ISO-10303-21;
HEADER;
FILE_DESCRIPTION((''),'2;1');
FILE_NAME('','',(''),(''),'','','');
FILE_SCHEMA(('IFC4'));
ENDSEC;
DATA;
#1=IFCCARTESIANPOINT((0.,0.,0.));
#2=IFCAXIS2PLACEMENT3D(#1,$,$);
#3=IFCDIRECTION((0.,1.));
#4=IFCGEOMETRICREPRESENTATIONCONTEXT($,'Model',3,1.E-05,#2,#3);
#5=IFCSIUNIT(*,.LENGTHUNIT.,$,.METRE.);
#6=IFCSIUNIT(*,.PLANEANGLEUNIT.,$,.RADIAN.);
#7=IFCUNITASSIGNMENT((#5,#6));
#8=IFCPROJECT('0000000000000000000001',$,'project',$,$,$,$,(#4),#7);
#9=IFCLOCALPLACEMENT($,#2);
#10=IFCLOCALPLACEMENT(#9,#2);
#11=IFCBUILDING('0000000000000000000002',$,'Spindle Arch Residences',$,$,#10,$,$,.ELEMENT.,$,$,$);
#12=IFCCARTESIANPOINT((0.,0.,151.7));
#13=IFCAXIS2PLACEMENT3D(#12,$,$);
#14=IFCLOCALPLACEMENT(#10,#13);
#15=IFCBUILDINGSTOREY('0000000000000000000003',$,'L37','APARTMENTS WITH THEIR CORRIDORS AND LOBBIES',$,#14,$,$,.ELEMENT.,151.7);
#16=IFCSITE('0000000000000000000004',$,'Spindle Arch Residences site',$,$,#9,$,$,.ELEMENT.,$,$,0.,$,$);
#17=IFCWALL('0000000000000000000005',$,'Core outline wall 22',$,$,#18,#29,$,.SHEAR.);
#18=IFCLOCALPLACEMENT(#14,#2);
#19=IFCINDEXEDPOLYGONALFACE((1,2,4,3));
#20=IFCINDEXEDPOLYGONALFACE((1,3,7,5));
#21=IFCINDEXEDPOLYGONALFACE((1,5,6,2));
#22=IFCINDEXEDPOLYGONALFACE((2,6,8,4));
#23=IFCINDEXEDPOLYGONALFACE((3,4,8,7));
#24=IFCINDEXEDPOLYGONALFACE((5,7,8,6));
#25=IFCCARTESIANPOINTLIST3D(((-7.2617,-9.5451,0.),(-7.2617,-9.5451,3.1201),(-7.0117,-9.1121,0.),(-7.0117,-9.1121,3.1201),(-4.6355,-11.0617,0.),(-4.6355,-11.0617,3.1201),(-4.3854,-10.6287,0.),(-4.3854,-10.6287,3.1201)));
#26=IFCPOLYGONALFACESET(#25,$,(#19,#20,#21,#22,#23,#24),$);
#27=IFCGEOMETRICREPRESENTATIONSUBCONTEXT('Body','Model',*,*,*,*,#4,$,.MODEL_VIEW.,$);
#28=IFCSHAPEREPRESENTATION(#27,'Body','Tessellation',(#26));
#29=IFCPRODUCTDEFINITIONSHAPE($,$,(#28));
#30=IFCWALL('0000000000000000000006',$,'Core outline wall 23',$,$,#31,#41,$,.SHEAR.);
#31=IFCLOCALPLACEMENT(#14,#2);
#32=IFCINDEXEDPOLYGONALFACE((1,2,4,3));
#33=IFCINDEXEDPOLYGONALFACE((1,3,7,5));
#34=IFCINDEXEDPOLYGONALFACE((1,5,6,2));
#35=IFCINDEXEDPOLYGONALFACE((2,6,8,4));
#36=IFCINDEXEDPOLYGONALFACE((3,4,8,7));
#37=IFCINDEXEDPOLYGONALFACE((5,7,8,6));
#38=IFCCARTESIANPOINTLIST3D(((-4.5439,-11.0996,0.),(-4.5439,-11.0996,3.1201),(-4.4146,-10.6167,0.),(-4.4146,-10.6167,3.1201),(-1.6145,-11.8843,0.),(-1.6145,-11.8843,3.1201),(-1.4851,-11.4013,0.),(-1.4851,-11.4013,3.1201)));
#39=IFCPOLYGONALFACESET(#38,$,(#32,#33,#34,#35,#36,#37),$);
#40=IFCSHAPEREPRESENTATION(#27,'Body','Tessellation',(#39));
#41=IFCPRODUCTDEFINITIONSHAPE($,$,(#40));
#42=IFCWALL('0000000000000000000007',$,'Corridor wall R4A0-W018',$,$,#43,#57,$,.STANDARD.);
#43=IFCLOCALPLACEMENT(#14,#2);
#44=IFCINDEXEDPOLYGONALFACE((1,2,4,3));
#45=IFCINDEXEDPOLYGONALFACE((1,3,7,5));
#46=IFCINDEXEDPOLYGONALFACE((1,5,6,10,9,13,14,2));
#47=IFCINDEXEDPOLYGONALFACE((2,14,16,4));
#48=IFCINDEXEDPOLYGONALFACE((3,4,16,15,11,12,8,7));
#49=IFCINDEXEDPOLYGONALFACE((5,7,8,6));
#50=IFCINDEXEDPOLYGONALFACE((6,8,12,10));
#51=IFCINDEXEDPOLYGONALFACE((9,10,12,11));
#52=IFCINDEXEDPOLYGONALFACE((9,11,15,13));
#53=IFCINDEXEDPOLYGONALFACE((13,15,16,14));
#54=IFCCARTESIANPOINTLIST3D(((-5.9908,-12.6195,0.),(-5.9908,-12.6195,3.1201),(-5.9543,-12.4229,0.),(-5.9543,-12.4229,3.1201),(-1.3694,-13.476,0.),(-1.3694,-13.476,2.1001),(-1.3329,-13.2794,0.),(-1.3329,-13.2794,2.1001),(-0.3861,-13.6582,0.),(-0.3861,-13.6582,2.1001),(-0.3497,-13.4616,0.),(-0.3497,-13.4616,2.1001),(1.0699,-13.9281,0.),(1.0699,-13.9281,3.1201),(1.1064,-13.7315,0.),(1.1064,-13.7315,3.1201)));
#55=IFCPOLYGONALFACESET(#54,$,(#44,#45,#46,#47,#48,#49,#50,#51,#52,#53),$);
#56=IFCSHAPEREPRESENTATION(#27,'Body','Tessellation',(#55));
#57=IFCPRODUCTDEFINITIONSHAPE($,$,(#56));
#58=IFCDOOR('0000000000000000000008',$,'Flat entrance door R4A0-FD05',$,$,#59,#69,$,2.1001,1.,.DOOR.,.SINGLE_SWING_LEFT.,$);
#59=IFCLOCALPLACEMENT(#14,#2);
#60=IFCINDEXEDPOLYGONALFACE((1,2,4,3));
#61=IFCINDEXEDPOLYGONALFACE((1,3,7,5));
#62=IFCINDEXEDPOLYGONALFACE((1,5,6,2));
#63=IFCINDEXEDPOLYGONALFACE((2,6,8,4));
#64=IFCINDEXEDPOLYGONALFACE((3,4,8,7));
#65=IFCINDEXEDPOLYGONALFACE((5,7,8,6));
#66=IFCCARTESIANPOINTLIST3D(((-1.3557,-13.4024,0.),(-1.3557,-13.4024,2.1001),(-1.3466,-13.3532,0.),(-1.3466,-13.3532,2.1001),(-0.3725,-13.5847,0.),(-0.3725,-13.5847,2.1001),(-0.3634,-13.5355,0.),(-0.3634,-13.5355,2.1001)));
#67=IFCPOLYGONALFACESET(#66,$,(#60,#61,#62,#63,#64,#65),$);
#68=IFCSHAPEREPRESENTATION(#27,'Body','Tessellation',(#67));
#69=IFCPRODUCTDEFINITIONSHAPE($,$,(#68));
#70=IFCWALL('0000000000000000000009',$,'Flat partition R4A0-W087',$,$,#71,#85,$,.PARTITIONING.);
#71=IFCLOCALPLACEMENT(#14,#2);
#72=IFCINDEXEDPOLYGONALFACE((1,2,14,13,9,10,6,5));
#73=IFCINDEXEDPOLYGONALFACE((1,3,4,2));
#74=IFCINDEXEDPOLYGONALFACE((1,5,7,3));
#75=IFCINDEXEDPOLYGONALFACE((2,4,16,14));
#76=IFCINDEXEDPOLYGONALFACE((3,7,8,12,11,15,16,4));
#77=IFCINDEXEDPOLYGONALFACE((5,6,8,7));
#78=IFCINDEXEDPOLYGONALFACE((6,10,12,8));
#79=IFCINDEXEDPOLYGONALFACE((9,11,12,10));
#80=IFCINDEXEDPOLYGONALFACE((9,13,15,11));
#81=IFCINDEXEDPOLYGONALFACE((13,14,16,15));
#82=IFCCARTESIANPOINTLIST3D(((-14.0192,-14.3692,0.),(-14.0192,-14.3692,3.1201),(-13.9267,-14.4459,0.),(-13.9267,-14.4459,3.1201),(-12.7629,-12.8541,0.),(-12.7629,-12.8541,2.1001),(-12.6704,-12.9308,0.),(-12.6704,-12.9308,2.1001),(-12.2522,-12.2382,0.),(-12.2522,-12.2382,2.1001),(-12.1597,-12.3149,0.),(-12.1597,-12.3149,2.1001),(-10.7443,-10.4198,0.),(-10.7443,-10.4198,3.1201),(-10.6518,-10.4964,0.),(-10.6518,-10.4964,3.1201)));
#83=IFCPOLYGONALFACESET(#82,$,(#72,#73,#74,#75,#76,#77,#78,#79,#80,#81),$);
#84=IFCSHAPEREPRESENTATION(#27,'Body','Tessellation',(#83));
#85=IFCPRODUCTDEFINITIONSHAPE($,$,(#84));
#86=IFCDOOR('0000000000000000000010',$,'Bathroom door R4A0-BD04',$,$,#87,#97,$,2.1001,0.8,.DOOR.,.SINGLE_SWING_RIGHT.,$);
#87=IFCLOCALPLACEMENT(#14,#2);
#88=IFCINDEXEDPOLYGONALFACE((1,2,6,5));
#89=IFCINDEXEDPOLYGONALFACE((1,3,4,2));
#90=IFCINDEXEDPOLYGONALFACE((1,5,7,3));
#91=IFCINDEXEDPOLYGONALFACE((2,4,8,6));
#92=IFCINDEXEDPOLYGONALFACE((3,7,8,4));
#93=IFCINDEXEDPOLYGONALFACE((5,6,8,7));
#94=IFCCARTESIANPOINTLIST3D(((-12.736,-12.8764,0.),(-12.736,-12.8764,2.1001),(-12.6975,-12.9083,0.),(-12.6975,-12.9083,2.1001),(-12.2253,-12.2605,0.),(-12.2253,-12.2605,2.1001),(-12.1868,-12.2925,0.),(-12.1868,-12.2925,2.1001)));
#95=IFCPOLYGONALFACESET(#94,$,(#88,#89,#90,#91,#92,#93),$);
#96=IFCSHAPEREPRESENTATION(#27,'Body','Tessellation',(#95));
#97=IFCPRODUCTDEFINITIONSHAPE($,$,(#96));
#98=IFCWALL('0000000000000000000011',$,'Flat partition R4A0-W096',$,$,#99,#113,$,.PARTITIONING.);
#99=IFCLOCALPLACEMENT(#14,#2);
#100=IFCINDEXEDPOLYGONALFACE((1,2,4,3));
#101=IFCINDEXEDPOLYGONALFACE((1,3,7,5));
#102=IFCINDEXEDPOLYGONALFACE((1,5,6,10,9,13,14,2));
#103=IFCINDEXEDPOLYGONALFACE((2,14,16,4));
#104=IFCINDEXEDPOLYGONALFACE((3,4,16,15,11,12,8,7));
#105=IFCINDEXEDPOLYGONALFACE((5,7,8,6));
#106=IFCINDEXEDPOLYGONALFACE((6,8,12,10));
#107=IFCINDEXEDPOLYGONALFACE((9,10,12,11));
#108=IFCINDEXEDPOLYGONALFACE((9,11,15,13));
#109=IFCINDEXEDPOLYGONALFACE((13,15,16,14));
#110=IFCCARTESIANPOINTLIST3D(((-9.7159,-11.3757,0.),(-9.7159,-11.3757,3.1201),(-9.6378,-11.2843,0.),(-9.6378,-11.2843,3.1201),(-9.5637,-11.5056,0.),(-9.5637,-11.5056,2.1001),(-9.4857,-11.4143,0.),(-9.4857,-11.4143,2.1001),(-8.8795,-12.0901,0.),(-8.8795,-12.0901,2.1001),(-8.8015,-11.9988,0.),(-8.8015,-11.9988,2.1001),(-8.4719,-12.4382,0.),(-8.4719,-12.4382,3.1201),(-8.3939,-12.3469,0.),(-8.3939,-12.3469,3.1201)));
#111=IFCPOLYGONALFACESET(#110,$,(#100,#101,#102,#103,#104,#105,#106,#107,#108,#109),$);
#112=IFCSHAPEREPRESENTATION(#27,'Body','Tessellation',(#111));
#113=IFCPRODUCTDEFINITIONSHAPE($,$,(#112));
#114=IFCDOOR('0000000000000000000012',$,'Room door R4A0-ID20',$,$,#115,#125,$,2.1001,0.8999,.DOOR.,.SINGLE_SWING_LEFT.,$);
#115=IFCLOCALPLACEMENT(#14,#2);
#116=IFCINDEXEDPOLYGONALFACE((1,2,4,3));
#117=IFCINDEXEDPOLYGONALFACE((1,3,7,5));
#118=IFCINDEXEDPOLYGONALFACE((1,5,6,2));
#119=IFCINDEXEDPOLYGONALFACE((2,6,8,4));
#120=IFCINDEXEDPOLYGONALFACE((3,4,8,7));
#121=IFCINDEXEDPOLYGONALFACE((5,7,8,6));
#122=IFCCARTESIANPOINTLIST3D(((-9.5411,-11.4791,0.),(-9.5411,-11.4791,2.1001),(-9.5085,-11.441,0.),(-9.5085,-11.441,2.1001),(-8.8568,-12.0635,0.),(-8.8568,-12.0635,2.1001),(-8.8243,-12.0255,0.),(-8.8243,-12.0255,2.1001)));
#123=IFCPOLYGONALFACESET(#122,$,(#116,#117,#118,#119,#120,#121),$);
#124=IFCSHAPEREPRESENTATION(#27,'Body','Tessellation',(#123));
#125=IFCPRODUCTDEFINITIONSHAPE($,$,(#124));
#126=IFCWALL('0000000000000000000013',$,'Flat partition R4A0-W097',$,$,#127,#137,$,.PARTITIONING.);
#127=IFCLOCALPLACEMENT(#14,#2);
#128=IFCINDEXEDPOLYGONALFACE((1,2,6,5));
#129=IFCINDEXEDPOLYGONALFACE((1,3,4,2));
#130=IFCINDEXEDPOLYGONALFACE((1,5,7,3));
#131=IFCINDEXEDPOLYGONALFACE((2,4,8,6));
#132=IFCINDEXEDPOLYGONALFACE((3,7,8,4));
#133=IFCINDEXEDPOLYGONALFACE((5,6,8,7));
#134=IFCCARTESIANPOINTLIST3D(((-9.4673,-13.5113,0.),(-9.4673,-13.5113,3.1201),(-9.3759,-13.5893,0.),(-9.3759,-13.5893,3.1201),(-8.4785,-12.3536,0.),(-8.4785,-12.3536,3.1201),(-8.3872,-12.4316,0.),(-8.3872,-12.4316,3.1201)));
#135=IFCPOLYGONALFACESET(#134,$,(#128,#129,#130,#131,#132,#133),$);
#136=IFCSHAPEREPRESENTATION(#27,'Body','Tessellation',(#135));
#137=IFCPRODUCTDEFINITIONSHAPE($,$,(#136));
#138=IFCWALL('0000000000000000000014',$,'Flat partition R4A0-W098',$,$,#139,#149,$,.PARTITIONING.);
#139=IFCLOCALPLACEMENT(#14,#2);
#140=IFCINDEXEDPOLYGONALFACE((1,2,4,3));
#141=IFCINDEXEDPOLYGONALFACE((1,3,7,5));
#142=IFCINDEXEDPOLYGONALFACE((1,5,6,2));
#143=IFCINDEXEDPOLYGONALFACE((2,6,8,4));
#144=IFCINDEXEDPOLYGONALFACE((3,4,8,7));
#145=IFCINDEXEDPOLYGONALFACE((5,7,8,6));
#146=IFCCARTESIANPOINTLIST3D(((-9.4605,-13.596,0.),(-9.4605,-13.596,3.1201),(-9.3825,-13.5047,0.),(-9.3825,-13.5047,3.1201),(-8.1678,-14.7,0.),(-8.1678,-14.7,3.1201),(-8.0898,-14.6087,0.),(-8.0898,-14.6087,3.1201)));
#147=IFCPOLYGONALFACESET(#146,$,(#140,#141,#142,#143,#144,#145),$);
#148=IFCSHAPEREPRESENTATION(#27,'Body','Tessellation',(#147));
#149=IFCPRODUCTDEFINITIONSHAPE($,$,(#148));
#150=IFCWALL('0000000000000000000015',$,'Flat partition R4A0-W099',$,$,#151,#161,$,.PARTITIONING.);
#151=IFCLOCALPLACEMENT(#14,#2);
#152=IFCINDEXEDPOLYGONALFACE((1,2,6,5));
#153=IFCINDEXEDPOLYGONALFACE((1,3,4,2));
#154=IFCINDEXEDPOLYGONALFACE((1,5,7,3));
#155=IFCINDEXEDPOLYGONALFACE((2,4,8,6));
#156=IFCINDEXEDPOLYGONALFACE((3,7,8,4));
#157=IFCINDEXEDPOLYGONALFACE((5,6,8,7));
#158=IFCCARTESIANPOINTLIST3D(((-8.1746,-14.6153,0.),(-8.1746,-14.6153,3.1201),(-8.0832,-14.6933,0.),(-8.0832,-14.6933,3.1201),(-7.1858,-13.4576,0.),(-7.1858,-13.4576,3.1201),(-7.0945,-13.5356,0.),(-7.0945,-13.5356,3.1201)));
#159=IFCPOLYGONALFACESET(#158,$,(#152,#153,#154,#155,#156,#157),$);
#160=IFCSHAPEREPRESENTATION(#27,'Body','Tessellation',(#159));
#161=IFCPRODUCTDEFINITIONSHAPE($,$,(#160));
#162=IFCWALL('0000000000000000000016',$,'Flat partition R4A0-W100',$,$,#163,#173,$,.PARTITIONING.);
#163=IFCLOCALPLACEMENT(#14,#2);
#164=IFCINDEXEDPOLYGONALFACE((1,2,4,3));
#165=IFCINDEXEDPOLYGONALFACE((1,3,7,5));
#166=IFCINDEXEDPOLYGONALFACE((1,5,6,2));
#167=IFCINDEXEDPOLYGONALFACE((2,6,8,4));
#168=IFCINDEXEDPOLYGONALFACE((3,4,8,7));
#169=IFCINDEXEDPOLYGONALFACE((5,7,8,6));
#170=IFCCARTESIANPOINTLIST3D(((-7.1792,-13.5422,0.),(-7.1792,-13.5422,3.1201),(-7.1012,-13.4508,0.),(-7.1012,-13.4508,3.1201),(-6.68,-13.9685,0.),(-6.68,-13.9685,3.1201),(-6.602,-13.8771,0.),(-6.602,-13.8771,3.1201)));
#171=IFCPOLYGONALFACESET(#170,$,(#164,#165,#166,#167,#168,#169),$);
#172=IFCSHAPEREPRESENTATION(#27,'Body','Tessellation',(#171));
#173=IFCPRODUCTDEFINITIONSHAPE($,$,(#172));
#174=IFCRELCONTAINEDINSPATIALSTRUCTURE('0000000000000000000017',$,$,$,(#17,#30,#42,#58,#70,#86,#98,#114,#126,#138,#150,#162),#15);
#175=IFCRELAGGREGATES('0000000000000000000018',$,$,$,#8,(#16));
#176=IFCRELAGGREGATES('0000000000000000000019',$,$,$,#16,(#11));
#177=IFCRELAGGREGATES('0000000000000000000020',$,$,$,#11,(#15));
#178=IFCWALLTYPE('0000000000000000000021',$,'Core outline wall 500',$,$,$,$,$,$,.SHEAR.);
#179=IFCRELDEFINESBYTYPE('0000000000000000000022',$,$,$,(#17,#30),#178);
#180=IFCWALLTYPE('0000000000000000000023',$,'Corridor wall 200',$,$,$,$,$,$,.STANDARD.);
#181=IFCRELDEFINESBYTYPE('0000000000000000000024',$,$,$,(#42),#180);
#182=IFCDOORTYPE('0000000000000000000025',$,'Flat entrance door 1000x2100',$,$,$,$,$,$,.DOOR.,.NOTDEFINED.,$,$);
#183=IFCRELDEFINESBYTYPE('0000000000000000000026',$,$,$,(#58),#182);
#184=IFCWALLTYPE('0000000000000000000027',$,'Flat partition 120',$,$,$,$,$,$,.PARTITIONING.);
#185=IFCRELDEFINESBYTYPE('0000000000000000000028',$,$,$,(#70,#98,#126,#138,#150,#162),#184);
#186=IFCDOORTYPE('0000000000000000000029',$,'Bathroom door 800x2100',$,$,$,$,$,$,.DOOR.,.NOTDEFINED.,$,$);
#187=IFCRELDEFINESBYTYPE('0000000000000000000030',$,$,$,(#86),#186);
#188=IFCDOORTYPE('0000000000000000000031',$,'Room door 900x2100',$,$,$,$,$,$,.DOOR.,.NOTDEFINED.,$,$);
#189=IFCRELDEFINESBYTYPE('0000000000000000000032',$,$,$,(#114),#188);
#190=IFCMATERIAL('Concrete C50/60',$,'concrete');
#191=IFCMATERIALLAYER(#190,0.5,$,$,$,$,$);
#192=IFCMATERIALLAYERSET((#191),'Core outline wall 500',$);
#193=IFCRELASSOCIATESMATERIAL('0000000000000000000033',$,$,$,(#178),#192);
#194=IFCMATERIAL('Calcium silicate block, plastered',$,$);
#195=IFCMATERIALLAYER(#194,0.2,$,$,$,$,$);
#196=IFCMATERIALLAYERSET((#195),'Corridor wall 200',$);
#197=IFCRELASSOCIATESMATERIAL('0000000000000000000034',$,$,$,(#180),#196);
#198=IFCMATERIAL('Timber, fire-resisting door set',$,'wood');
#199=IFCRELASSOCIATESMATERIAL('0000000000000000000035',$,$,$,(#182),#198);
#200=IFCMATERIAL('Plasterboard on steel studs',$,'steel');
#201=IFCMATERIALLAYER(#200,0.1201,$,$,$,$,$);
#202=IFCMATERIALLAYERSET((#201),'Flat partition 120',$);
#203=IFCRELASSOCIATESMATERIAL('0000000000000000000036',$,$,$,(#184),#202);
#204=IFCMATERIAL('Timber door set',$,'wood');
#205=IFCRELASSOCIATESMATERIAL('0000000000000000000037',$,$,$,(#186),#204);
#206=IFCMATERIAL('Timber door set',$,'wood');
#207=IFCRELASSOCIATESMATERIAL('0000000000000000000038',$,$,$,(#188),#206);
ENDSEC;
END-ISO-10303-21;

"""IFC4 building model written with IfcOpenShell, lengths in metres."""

from ifc_helpers import new_model, si_unit, direction, frame, frame_2d, origin, place, context, subcontext, project, spatial, rectangle, extrude, material, layer, layer_set, type_object, element, fill, save


model = new_model("IFC4")

# Units and contexts
model_context = context("Model", 3, precision=1e-05, world=origin(), true_north=direction((0.0, 1.0)))
body_context = subcontext(model_context, "Body", "Model", "MODEL_VIEW")
ifc_project = project(units=[si_unit("LENGTHUNIT", "METRE"), si_unit("PLANEANGLEUNIT", "RADIAN")], contexts=[model_context])

# Site, building, storey
site_placement = place(None, origin())
site = spatial("IfcSite", under=ifc_project, at=site_placement, Name="Spindle Arch Residences site", CompositionType="ELEMENT", RefElevation=0.0)
building_placement = place(site_placement, origin())
building = spatial("IfcBuilding", under=site, at=building_placement, Name="Spindle Arch Residences", CompositionType="ELEMENT")
storey_placement = place(building_placement, frame((0.0, 0.0, 151.7)))
storey = spatial("IfcBuildingStorey", under=building, at=storey_placement, Name="L37", Description="APARTMENTS WITH THEIR CORRIDORS AND LOBBIES", CompositionType="ELEMENT", Elevation=151.7)

# Walls
ifc_material_1 = material(Name="Concrete C50/60", Category="concrete")
ifc_layer_1 = layer(ifc_material_1, 0.5)
ifc_layer_set_1 = layer_set([ifc_layer_1], Name="Core outline wall 500")
wall_type_1 = type_object("IfcWallType", Name="Core outline wall 500", PredefinedType="SHEAR", material=ifc_layer_set_1)
for number, where, z_axis, x_axis, name in (
    (1, (-7.1367, -9.3286, 0.0), (0.0, 0.0, 1.0), (0.865975, -0.500087, 0.0), "Core outline wall 22"),
    (2, (-4.4792, -10.8582, 0.0), (0.0, 0.0, 1.0), (0.965948, -0.258735, 0.0), "Core outline wall 23"),
):
    element("IfcWall", number, at=place(storey_placement, frame(where, z_axis=z_axis, x_axis=x_axis)), inside=storey, type_object=wall_type_1, Name=name, PredefinedType="SHEAR", context=body_context, shape_type="SweptSolid", body=[
        extrude(rectangle(XDim=3.0327, YDim=0.5, at=frame_2d((1.5164, 0.0))), origin(), (0.0, 0.0, 1.0), 3.1201),
    ])

# Walls, openings, doors
ifc_material_2 = material(Name="Calcium silicate block, plastered")
ifc_layer_2 = layer(ifc_material_2, 0.2)
ifc_layer_set_2 = layer_set([ifc_layer_2], Name="Corridor wall 200")
wall_type_2 = type_object("IfcWallType", Name="Corridor wall 200", PredefinedType="STANDARD", material=ifc_layer_set_2)
wall_1_placement = place(storey_placement, frame((-5.9724, -12.5212, 0.0), z_axis=(0.0, 0.0, 1.0), x_axis=(0.983256, -0.182229, 0.0)))
wall_1 = element("IfcWall", 3, at=wall_1_placement, inside=storey, type_object=wall_type_2, Name="Corridor wall R4A0-W018", PredefinedType="STANDARD", context=body_context, shape_type="SweptSolid", body=[
    extrude(rectangle(XDim=7.1809, YDim=0.2, at=frame_2d((3.5903, 0.0))), origin(), (0.0, 0.0, 1.0), 3.1201),
])
opening_1_placement = place(wall_1_placement, frame((4.7, 0.0, 0.0)))
opening_1 = element("IfcOpeningElement", 4, at=opening_1_placement, cuts=wall_1, PredefinedType="OPENING", context=body_context, shape_type="SweptSolid", body=[
    extrude(rectangle(XDim=1.0, YDim=2.1001, at=frame_2d((0.5, 1.05))), frame((0.0, 0.1099, 0.0), z_axis=(0.0, -1.0, 0.0), x_axis=(1.0, 0.0, 0.0)), (0.0, 0.0, 1.0), 0.22),
])
ifc_material_3 = material(Name="Timber, fire-resisting door set", Category="wood")
door_type_1 = type_object("IfcDoorType", Name="Flat entrance door 1000x2100", OperationType="NOTDEFINED", PredefinedType="DOOR", material=ifc_material_3)
door_1_placement = place(opening_1_placement, origin())
door_1 = element("IfcDoor", 5, at=door_1_placement, inside=storey, type_object=door_type_1, Name="Flat entrance door R4A0-FD05", OperationType="SINGLE_SWING_LEFT", OverallHeight=2.1001, OverallWidth=1.0, PredefinedType="DOOR", context=body_context, shape_type="SweptSolid", body=[
    extrude(rectangle(XDim=1.0, YDim=2.1001, at=frame_2d((0.5, 1.05))), frame((0.0, 0.0249, 0.0), z_axis=(0.0, -1.0, 0.0), x_axis=(1.0, 0.0, 0.0)), (0.0, 0.0, 1.0), 0.05),
])
fill(opening_1, door_1)
ifc_material_4 = material(Name="Plasterboard on steel studs", Category="steel")
ifc_layer_3 = layer(ifc_material_4, 0.1201)
ifc_layer_set_3 = layer_set([ifc_layer_3], Name="Flat partition 120")
wall_type_3 = type_object("IfcWallType", Name="Flat partition 120", PredefinedType="PARTITIONING", material=ifc_layer_set_3)
wall_2_placement = place(storey_placement, frame((-10.698, -10.458, 0.0), z_axis=(0.0, 0.0, 1.0), x_axis=(-0.638306, -0.769783, 0.0)))
wall_2 = element("IfcWall", 6, at=wall_2_placement, inside=storey, type_object=wall_type_3, Name="Flat partition R4A0-W087", PredefinedType="PARTITIONING", context=body_context, shape_type="SweptSolid", body=[
    extrude(rectangle(XDim=5.1306, YDim=0.1201, at=frame_2d((2.5654, 0.0))), origin(), (0.0, 0.0, 1.0), 3.1201),
])
opening_2_placement = place(wall_2_placement, frame((2.3625, 0.0, 0.0)))
opening_2 = element("IfcOpeningElement", 7, at=opening_2_placement, cuts=wall_2, PredefinedType="OPENING", context=body_context, shape_type="SweptSolid", body=[
    extrude(rectangle(XDim=0.8, YDim=2.1001, at=frame_2d((0.3999, 1.05))), frame((0.0, 0.0701, 0.0), z_axis=(0.0, -1.0, 0.0), x_axis=(1.0, 0.0, 0.0)), (0.0, 0.0, 1.0), 0.1401),
])
ifc_material_5 = material(Name="Timber door set", Category="wood")
door_type_2 = type_object("IfcDoorType", Name="Bathroom door 800x2100", OperationType="NOTDEFINED", PredefinedType="DOOR", material=ifc_material_5)
door_2_placement = place(opening_2_placement, origin())
door_2 = element("IfcDoor", 8, at=door_2_placement, inside=storey, type_object=door_type_2, Name="Bathroom door R4A0-BD04", OperationType="SINGLE_SWING_RIGHT", OverallHeight=2.1001, OverallWidth=0.8, PredefinedType="DOOR", context=body_context, shape_type="SweptSolid", body=[
    extrude(rectangle(XDim=0.8, YDim=2.1001, at=frame_2d((0.3999, 1.05))), frame((0.0, 0.0249, 0.0), z_axis=(0.0, -1.0, 0.0), x_axis=(1.0, 0.0, 0.0)), (0.0, 0.0, 1.0), 0.05),
])
fill(opening_2, door_2)
wall_3_placement = place(storey_placement, frame((-9.6768, -11.3301, 0.0), z_axis=(0.0, 0.0, 1.0), x_axis=(0.760372, -0.649488, 0.0)))
wall_3 = element("IfcWall", 9, at=wall_3_placement, inside=storey, type_object=wall_type_3, Name="Flat partition R4A0-W096", PredefinedType="PARTITIONING", context=body_context, shape_type="SweptSolid", body=[
    extrude(rectangle(XDim=1.636, YDim=0.1201, at=frame_2d((0.8179, 0.0))), origin(), (0.0, 0.0, 1.0), 3.1201),
])
opening_3_placement = place(wall_3_placement, frame((0.2, 0.0, 0.0)))
opening_3 = element("IfcOpeningElement", 10, at=opening_3_placement, cuts=wall_3, PredefinedType="OPENING", context=body_context, shape_type="SweptSolid", body=[
    extrude(rectangle(XDim=0.8999, YDim=2.1001, at=frame_2d((0.45, 1.05))), frame((0.0, 0.0701, 0.0), z_axis=(0.0, -1.0, 0.0), x_axis=(1.0, 0.0, 0.0)), (0.0, 0.0, 1.0), 0.1401),
])
ifc_material_6 = material(Name="Timber door set", Category="wood")
door_type_3 = type_object("IfcDoorType", Name="Room door 900x2100", OperationType="NOTDEFINED", PredefinedType="DOOR", material=ifc_material_6)
door_3_placement = place(opening_3_placement, origin())
door_3 = element("IfcDoor", 11, at=door_3_placement, inside=storey, type_object=door_type_3, Name="Room door R4A0-ID20", OperationType="SINGLE_SWING_LEFT", OverallHeight=2.1001, OverallWidth=0.8999, PredefinedType="DOOR", context=body_context, shape_type="SweptSolid", body=[
    extrude(rectangle(XDim=0.8999, YDim=2.1001, at=frame_2d((0.45, 1.05))), frame((0.0, 0.0249, 0.0), z_axis=(0.0, -1.0, 0.0), x_axis=(1.0, 0.0, 0.0)), (0.0, 0.0, 1.0), 0.05),
])
fill(opening_3, door_3)

# Walls
wall_4_placement = place(storey_placement, frame((-8.4329, -12.3926, 0.0), z_axis=(0.0, 0.0, 1.0), x_axis=(-0.649443, -0.76041, 0.0)))
element("IfcWall", 12, at=wall_4_placement, inside=storey, type_object=wall_type_3, Name="Flat partition R4A0-W097", PredefinedType="PARTITIONING", context=body_context, shape_type="SweptSolid", body=[
    extrude(rectangle(XDim=1.5225, YDim=0.1201, at=frame_2d((0.7612, 0.0))), origin(), (0.0, 0.0, 1.0), 3.1201),
])
wall_5_placement = place(storey_placement, frame((-9.4216, -13.5503, 0.0), z_axis=(0.0, 0.0, 1.0), x_axis=(0.760431, -0.649418, 0.0)))
element("IfcWall", 13, at=wall_5_placement, inside=storey, type_object=wall_type_3, Name="Flat partition R4A0-W098", PredefinedType="PARTITIONING", context=body_context, shape_type="SweptSolid", body=[
    extrude(rectangle(XDim=1.7, YDim=0.1201, at=frame_2d((0.8501, 0.0))), origin(), (0.0, 0.0, 1.0), 3.1201),
])
wall_6_placement = place(storey_placement, frame((-8.1289, -14.6543, 0.0), z_axis=(0.0, 0.0, 1.0), x_axis=(0.649443, 0.76041, 0.0)))
element("IfcWall", 14, at=wall_6_placement, inside=storey, type_object=wall_type_3, Name="Flat partition R4A0-W099", PredefinedType="PARTITIONING", context=body_context, shape_type="SweptSolid", body=[
    extrude(rectangle(XDim=1.5225, YDim=0.1201, at=frame_2d((0.7612, 0.0))), origin(), (0.0, 0.0, 1.0), 3.1201),
])
wall_7_placement = place(storey_placement, frame((-7.1401, -13.4966, 0.0), z_axis=(0.0, 0.0, 1.0), x_axis=(0.760515, -0.64932, 0.0)))
element("IfcWall", 15, at=wall_7_placement, inside=storey, type_object=wall_type_3, Name="Flat partition R4A0-W100", PredefinedType="PARTITIONING", context=body_context, shape_type="SweptSolid", body=[
    extrude(rectangle(XDim=0.6565, YDim=0.1201, at=frame_2d((0.3281, 0.0))), origin(), (0.0, 0.0, 1.0), 3.1201),
])

save(model, "model.ifc")
